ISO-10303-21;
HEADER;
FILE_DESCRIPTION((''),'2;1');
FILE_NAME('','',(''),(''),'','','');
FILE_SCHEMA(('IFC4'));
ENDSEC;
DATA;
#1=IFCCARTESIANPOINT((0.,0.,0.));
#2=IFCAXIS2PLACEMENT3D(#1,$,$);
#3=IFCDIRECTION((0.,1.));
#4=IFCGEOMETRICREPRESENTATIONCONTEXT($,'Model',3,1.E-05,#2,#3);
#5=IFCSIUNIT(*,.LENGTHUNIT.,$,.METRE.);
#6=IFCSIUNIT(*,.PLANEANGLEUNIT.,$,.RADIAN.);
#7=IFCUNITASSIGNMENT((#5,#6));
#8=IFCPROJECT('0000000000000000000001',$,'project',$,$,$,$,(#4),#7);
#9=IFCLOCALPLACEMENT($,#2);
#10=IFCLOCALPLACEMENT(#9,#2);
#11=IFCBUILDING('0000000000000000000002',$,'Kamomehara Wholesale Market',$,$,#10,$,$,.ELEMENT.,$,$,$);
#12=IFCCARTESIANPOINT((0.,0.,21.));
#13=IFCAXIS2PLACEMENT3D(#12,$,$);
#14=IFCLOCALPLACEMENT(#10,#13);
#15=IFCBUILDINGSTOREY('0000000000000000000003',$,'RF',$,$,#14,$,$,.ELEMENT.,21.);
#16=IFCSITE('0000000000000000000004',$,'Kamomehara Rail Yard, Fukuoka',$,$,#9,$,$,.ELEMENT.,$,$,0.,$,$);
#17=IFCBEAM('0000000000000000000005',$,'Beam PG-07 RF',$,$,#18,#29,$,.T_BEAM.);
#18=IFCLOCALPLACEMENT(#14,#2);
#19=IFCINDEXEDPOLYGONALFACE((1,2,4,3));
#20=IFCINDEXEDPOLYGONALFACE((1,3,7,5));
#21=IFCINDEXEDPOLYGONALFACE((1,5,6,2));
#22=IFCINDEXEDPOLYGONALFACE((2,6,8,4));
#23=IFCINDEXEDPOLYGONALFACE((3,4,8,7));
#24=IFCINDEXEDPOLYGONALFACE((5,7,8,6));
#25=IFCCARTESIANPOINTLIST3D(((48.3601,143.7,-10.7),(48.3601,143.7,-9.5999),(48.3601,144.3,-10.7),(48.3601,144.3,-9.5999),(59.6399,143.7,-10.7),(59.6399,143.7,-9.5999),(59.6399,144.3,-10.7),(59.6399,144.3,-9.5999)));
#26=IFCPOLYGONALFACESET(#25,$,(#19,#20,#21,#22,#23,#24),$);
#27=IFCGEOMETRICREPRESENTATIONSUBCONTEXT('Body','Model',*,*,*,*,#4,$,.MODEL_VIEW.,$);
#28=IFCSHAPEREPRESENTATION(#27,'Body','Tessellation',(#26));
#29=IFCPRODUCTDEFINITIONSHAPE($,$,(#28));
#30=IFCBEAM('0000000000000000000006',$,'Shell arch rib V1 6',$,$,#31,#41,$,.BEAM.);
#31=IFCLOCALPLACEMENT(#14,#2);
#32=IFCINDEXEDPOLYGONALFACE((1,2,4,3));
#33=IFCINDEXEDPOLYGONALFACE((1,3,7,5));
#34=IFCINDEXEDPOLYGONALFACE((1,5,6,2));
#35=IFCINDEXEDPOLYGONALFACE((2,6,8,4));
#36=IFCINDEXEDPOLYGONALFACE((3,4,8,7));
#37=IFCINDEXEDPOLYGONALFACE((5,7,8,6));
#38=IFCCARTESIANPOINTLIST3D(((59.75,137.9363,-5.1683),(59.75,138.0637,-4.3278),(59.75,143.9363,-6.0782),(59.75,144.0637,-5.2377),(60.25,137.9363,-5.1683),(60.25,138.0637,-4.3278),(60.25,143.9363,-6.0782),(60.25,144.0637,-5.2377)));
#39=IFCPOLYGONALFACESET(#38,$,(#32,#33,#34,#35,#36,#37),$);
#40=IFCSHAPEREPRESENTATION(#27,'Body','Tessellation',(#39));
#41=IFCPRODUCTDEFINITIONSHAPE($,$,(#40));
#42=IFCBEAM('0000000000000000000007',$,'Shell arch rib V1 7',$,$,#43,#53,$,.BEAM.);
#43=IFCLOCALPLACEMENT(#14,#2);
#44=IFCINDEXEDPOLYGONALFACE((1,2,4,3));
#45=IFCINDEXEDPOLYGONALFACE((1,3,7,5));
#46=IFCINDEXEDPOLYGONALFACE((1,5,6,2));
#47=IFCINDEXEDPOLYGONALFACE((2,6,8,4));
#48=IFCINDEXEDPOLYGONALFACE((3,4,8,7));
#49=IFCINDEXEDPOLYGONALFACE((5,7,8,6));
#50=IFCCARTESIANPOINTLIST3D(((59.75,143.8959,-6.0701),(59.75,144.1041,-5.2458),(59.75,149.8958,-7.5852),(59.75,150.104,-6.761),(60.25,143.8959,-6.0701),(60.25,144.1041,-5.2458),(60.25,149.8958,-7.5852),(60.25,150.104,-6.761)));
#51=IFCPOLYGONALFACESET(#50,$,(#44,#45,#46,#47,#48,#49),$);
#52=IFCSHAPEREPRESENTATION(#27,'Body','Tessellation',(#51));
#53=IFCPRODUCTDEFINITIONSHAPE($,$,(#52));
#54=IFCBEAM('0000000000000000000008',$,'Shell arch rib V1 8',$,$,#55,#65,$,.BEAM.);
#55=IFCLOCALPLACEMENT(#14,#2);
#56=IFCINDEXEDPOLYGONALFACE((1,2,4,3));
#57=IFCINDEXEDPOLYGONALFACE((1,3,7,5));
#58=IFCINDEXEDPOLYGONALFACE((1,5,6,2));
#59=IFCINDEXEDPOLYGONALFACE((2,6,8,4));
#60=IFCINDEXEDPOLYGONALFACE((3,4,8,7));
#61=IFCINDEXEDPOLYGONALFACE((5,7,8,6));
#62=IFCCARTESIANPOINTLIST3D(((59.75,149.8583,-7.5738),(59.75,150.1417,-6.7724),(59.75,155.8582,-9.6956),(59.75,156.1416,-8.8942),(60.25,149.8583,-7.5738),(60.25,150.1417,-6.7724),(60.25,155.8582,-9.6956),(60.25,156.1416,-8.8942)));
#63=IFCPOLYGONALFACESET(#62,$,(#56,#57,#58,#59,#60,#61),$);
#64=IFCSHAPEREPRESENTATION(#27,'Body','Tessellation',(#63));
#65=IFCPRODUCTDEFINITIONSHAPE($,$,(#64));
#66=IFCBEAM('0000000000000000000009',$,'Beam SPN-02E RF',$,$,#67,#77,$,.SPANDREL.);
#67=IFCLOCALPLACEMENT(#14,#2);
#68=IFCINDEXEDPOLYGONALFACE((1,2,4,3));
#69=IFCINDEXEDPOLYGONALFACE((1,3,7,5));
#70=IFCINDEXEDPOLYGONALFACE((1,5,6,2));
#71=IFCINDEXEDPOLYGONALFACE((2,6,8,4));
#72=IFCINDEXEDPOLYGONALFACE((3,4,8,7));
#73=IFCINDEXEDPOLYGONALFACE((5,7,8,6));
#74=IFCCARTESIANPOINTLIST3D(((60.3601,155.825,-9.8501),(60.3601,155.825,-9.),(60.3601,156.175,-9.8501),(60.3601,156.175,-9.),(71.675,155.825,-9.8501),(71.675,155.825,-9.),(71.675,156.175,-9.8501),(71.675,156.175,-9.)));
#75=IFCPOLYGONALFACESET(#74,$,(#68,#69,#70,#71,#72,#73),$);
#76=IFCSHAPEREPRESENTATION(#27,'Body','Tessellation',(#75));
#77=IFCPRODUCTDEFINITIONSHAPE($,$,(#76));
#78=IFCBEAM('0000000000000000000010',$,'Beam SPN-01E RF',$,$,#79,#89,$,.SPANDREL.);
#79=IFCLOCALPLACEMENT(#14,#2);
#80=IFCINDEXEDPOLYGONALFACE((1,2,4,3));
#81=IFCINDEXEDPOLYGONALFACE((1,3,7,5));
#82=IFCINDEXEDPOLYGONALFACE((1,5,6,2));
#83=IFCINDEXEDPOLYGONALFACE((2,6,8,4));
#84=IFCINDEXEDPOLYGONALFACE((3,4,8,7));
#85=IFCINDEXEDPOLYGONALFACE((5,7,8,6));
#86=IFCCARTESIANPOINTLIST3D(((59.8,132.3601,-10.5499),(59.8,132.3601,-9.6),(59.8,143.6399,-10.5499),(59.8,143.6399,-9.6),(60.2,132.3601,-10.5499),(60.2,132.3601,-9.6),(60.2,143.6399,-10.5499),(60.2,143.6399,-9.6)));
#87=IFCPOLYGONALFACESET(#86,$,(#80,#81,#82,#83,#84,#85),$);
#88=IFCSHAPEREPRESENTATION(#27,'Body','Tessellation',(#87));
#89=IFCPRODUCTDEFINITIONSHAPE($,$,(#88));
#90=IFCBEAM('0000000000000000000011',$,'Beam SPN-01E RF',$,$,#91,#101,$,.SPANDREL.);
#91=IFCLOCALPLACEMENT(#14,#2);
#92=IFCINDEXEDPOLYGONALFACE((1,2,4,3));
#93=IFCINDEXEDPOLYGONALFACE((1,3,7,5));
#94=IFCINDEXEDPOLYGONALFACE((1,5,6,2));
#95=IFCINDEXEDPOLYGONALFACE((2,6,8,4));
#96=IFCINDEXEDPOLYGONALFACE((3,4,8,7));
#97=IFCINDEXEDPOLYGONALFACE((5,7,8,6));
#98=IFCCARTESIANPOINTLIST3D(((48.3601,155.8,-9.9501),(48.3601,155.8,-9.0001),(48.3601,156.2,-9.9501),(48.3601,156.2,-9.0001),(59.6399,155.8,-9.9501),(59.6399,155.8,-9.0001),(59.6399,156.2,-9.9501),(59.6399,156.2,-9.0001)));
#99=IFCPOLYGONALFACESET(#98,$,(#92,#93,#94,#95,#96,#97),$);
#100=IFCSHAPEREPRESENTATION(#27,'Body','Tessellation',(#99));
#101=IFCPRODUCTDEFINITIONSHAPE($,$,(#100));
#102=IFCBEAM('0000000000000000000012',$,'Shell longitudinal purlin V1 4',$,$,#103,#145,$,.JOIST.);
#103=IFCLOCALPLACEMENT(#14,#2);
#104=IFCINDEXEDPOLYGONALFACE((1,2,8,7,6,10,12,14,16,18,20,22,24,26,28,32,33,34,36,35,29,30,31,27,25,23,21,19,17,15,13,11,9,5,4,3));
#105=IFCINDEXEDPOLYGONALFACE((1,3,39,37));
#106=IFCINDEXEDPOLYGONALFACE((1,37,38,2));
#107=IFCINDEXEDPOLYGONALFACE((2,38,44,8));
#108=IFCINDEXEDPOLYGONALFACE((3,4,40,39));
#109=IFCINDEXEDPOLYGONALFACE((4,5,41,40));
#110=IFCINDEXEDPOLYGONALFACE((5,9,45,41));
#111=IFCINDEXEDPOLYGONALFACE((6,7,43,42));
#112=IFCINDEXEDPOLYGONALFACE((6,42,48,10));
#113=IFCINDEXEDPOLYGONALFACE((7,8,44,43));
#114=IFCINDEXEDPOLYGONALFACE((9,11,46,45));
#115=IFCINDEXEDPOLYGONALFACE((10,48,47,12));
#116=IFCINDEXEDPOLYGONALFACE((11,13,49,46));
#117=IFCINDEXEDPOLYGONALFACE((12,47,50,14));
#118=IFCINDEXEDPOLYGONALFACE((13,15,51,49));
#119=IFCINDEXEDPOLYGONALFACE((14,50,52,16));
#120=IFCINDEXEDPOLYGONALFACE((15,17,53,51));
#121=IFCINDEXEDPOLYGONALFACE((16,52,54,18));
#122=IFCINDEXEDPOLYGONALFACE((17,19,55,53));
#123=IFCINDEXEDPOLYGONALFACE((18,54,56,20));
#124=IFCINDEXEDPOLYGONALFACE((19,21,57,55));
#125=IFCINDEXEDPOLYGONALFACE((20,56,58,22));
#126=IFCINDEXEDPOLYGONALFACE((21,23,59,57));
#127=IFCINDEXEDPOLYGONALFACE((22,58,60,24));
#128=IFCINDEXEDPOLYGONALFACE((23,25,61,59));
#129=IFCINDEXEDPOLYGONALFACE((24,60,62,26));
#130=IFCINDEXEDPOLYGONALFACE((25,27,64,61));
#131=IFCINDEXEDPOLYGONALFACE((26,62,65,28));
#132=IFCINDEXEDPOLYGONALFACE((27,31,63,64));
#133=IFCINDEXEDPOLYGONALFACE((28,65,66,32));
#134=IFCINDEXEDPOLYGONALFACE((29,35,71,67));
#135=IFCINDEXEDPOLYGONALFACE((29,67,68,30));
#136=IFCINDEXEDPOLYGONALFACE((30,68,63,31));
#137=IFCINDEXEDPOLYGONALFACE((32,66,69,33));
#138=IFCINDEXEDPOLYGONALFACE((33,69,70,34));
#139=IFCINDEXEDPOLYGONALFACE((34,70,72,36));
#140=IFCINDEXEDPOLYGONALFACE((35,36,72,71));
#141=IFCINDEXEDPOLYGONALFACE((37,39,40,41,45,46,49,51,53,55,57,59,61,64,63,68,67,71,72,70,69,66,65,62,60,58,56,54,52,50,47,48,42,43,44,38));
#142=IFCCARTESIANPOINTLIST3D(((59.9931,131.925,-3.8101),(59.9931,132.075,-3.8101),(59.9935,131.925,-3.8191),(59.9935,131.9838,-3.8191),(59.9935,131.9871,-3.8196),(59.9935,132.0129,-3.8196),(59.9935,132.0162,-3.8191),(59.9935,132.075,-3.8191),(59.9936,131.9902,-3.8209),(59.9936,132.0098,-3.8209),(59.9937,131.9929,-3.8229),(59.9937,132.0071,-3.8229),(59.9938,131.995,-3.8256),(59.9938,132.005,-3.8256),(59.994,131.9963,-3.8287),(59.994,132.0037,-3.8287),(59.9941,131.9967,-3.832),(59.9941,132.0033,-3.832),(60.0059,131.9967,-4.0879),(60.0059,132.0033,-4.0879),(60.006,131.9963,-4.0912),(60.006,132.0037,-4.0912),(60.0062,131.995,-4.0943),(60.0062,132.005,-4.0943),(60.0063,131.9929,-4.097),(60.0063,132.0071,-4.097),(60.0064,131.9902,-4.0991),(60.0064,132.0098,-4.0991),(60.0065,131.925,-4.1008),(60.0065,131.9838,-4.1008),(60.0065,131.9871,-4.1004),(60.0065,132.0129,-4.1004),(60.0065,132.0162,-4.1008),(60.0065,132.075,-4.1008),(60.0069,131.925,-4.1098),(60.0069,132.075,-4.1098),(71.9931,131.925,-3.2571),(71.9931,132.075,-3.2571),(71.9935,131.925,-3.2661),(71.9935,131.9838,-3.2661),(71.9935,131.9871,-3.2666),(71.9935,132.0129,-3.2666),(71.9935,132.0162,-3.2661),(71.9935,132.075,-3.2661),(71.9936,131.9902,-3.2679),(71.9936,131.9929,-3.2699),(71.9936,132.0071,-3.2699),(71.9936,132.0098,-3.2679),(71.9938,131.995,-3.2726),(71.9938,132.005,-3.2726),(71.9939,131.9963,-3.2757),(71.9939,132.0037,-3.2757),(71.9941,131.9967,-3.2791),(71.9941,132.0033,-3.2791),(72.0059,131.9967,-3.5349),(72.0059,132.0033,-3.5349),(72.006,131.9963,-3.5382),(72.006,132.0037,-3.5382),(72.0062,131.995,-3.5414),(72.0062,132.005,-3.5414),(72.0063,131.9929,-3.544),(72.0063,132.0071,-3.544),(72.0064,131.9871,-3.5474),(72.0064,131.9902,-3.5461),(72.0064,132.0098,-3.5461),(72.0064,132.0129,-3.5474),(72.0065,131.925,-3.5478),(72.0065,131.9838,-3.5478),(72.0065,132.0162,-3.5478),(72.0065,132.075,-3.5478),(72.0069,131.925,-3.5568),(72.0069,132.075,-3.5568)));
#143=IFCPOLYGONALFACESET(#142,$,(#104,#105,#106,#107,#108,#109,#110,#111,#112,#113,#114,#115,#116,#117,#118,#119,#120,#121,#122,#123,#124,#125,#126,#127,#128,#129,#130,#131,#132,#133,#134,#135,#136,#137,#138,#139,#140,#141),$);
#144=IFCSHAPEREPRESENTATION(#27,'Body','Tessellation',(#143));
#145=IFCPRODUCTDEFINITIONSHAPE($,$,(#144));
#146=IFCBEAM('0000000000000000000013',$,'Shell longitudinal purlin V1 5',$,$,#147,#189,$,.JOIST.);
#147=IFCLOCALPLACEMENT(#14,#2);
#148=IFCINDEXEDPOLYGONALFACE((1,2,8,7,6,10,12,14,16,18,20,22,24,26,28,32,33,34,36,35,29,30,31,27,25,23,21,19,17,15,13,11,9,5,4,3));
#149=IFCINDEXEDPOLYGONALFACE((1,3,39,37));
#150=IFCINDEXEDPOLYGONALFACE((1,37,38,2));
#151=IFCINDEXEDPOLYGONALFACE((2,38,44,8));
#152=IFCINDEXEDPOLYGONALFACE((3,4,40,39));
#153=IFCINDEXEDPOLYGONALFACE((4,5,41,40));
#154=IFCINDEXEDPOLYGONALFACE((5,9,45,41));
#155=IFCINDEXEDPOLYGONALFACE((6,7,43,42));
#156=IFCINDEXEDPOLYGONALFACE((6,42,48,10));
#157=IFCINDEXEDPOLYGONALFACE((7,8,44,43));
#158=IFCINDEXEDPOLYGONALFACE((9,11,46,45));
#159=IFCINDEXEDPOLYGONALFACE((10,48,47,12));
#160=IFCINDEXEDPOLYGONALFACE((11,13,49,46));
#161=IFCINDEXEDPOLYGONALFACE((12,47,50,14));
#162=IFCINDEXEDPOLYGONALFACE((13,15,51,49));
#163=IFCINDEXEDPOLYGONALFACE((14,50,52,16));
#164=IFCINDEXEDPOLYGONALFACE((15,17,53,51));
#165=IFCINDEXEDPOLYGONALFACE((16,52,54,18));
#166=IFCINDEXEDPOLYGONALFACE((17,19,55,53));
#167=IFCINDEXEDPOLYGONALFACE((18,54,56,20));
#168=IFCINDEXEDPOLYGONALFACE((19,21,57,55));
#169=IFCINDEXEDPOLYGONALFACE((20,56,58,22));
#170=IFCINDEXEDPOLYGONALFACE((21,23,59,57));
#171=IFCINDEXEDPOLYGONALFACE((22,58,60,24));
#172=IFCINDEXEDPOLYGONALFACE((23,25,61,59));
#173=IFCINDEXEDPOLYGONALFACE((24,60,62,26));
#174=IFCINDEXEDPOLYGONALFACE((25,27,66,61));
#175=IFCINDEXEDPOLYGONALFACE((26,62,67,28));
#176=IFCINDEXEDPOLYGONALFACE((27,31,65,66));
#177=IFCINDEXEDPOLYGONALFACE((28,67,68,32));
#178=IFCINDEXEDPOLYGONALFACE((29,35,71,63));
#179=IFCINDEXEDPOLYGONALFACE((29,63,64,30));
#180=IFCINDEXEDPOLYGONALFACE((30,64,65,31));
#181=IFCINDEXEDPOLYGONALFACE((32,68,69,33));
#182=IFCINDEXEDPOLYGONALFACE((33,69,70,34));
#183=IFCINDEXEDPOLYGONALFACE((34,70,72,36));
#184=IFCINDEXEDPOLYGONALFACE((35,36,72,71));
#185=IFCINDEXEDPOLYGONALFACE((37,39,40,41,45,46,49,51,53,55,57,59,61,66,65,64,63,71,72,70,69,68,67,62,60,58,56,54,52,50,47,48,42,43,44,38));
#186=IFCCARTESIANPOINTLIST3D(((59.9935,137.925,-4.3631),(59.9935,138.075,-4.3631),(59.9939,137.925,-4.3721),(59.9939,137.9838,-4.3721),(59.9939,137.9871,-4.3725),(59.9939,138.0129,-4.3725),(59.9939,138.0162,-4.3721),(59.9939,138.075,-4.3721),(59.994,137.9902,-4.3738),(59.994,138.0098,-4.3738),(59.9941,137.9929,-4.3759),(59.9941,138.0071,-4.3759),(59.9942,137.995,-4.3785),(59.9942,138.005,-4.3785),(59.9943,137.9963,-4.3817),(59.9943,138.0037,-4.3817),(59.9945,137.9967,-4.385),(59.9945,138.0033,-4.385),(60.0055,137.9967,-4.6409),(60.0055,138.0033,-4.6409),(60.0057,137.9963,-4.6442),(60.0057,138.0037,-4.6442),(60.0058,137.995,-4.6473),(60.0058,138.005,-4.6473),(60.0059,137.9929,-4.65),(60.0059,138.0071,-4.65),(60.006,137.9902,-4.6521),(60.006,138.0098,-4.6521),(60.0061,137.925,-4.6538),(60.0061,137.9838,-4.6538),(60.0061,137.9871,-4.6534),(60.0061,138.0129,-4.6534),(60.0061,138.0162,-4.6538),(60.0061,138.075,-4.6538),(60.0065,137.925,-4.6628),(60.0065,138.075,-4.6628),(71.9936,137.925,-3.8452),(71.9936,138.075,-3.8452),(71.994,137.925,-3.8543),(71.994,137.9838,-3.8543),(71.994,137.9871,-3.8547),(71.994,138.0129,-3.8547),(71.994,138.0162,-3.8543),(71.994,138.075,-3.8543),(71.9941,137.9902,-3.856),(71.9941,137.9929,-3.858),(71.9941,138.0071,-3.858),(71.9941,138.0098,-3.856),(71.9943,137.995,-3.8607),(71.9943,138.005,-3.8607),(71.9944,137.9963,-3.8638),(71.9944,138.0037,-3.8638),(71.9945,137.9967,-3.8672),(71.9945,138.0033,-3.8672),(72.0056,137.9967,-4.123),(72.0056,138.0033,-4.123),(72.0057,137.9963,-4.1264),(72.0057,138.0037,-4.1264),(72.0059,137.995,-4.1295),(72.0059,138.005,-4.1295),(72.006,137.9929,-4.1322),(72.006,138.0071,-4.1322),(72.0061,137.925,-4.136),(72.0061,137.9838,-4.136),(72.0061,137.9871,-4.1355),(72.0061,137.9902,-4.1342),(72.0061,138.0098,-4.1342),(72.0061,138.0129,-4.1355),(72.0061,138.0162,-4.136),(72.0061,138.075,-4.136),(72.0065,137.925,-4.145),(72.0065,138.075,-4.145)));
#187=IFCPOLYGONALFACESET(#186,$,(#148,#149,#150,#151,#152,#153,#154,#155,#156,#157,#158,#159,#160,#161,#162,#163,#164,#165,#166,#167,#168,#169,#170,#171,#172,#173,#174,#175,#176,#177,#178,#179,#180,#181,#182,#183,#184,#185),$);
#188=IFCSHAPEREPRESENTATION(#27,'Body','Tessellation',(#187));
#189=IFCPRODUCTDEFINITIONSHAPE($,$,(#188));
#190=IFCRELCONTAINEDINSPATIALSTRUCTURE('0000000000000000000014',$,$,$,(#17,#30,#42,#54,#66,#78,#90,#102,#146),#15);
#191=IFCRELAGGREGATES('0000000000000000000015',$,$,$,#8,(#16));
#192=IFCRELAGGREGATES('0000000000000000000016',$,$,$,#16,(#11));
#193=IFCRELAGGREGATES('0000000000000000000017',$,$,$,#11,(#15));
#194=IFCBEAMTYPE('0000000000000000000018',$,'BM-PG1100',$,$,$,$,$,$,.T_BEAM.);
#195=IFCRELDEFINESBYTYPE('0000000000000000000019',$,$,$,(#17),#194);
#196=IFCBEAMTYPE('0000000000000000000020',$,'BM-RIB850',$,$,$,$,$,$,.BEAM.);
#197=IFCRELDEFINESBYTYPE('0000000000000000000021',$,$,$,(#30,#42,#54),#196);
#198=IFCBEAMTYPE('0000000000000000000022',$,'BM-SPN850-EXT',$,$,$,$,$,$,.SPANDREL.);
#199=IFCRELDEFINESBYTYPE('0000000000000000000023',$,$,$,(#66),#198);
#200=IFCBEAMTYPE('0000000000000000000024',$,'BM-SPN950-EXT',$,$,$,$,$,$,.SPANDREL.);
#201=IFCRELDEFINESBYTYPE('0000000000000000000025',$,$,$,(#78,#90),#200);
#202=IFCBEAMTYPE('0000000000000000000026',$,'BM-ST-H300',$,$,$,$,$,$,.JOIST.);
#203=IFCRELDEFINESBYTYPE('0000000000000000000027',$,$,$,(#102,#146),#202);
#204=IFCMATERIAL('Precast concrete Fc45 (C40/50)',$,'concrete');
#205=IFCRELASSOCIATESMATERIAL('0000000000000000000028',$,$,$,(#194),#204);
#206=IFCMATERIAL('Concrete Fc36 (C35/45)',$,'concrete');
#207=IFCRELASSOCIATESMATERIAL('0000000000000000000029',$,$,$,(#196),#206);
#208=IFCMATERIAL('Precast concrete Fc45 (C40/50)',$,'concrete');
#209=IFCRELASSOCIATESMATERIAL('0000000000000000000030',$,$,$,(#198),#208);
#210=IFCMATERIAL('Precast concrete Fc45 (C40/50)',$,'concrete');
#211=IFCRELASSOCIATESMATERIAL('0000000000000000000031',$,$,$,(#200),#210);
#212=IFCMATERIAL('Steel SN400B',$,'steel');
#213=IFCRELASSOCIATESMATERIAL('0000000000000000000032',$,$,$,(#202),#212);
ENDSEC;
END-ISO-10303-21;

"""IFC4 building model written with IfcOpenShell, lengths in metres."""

from ifc_helpers import new_model, si_unit, direction, frame, origin, origin_2d, place, context, subcontext, project, spatial, rectangle, i_section, extrude, material, material_profile, profile_set, type_object, element, save


model = new_model("IFC4")

# Units and contexts
model_context = context("Model", 3, precision=1e-05, world=origin(), true_north=direction((0.0, 1.0)))
body_context = subcontext(model_context, "Body", "Model", "MODEL_VIEW")
ifc_project = project(units=[si_unit("LENGTHUNIT", "METRE"), si_unit("PLANEANGLEUNIT", "RADIAN")], contexts=[model_context])

# Site, building, storey
site_placement = place(None, origin())
site = spatial("IfcSite", under=ifc_project, at=site_placement, Name="Kamomehara Rail Yard, Fukuoka", CompositionType="ELEMENT", RefElevation=0.0)
building_placement = place(site_placement, origin())
building = spatial("IfcBuilding", under=site, at=building_placement, Name="Kamomehara Wholesale Market", CompositionType="ELEMENT")
storey_placement = place(building_placement, frame((0.0, 0.0, 21.0)))
storey = spatial("IfcBuildingStorey", under=building, at=storey_placement, Name="RF", CompositionType="ELEMENT", Elevation=21.0)

# Beams
ifc_material_1 = material(Name="Precast concrete Fc45 (C40/50)", Category="concrete")
ifc_material_profile_1 = material_profile(ifc_material_1, rectangle(XDim=0.6001, YDim=1.1001, at=origin_2d()), Name="PC-GRD-600x1100")
ifc_profile_set_1 = profile_set([ifc_material_profile_1], Name="Precast concrete Fc45 (C40/50)")
beam_type_1 = type_object("IfcBeamType", Name="BM-PG1100", PredefinedType="T_BEAM", material=ifc_profile_set_1)
beam_1_placement = place(storey_placement, frame((48.3601, 144.0, -10.1499), z_axis=(1.0, 0.0, 0.0), x_axis=(0.0, 1.0, 0.0)))
element("IfcBeam", 1, at=beam_1_placement, inside=storey, type_object=beam_type_1, Name="Beam PG-07 RF", PredefinedType="T_BEAM", context=body_context, shape_type="SweptSolid", body=[
    extrude(rectangle(XDim=0.6001, YDim=1.1001, at=origin_2d()), origin(), (0.0, 0.0, 1.0), 11.2798),
])
ifc_material_2 = material(Name="Concrete Fc36 (C35/45)", Category="concrete")
ifc_material_profile_2 = material_profile(ifc_material_2, rectangle(XDim=0.5, YDim=0.8501, at=origin_2d()), Name="RC-RIB-500x850")
ifc_profile_set_2 = profile_set([ifc_material_profile_2], Name="Concrete Fc36 (C35/45)")
beam_type_2 = type_object("IfcBeamType", Name="BM-RIB850", PredefinedType="BEAM", material=ifc_profile_set_2)
beam_2_placement = place(storey_placement, frame((60.0, 138.0, -4.748), z_axis=(0.0, 0.988695, -0.149938), x_axis=(-1.0, 0.0, 0.0)))
element("IfcBeam", 2, at=beam_2_placement, inside=storey, type_object=beam_type_2, Name="Shell arch rib V1 6", PredefinedType="BEAM", context=body_context, shape_type="SweptSolid", body=[
    extrude(rectangle(XDim=0.5, YDim=0.8501, at=origin_2d()), origin(), (0.0, 0.0, 1.0), 6.0686),
])
beam_3_placement = place(storey_placement, frame((60.0, 144.0, -5.658), z_axis=(0.0, 0.969564, -0.244837), x_axis=(-1.0, 0.0, 0.0)))
element("IfcBeam", 3, at=beam_3_placement, inside=storey, type_object=beam_type_2, Name="Shell arch rib V1 7", PredefinedType="BEAM", context=body_context, shape_type="SweptSolid", body=[
    extrude(rectangle(XDim=0.5, YDim=0.8501, at=origin_2d()), origin(), (0.0, 0.0, 1.0), 6.1882),
])
beam_4_placement = place(storey_placement, frame((60.0, 150.0, -7.1731), z_axis=(0.0, 0.942784, -0.333404), x_axis=(-1.0, 0.0, 0.0)))
element("IfcBeam", 4, at=beam_4_placement, inside=storey, type_object=beam_type_2, Name="Shell arch rib V1 8", PredefinedType="BEAM", context=body_context, shape_type="SweptSolid", body=[
    extrude(rectangle(XDim=0.5, YDim=0.8501, at=origin_2d()), origin(), (0.0, 0.0, 1.0), 6.364),
])
ifc_material_3 = material(Name="Precast concrete Fc45 (C40/50)", Category="concrete")
ifc_material_profile_3 = material_profile(ifc_material_3, rectangle(XDim=0.3501, YDim=0.8501, at=origin_2d()), Name="PC-SPN-350x850")
ifc_profile_set_3 = profile_set([ifc_material_profile_3], Name="Precast concrete Fc45 (C40/50)")
beam_type_3 = type_object("IfcBeamType", Name="BM-SPN850-EXT", PredefinedType="SPANDREL", material=ifc_profile_set_3)
beam_5_placement = place(storey_placement, frame((60.3601, 156.0, -9.425), z_axis=(1.0, 0.0, 0.0), x_axis=(0.0, 1.0, 0.0)))
element("IfcBeam", 5, at=beam_5_placement, inside=storey, type_object=beam_type_3, Name="Beam SPN-02E RF", PredefinedType="SPANDREL", context=body_context, shape_type="SweptSolid", body=[
    extrude(rectangle(XDim=0.3501, YDim=0.8501, at=origin_2d()), origin(), (0.0, 0.0, 1.0), 11.3149),
])
ifc_material_4 = material(Name="Precast concrete Fc45 (C40/50)", Category="concrete")
ifc_material_profile_4 = material_profile(ifc_material_4, rectangle(XDim=0.3999, YDim=0.95, at=origin_2d()), Name="PC-SPN-400x950")
ifc_profile_set_4 = profile_set([ifc_material_profile_4], Name="Precast concrete Fc45 (C40/50)")
beam_type_4 = type_object("IfcBeamType", Name="BM-SPN950-EXT", PredefinedType="SPANDREL", material=ifc_profile_set_4)
for number, where, z_axis, x_axis, name in (
    (6, (60.0, 132.3601, -10.075), (0.0, 1.0, 0.0), (-1.0, 0.0, 0.0), "Beam SPN-01E RF"),
    (7, (48.3601, 156.0, -9.4751), (1.0, 0.0, 0.0), (0.0, 1.0, 0.0), "Beam SPN-01E RF"),
):
    element("IfcBeam", number, at=place(storey_placement, frame(where, z_axis=z_axis, x_axis=x_axis)), inside=storey, type_object=beam_type_4, Name=name, PredefinedType="SPANDREL", context=body_context, shape_type="SweptSolid", body=[
        extrude(rectangle(XDim=0.3999, YDim=0.95, at=origin_2d()), origin(), (0.0, 0.0, 1.0), 11.2798),
    ])
ifc_material_5 = material(Name="Steel SN400B", Category="steel")
ifc_material_profile_5 = material_profile(ifc_material_5, i_section(OverallWidth=0.1499, OverallDepth=0.3, WebThickness=0.0066, FlangeThickness=0.009, FilletRadius=0.0129, at=origin_2d()), Name="H-300x150x6.5x9")
ifc_profile_set_5 = profile_set([ifc_material_profile_5], Name="Steel SN400B")
beam_type_5 = type_object("IfcBeamType", Name="BM-ST-H300", PredefinedType="JOIST", material=ifc_profile_set_5)
beam_6_placement = place(storey_placement, frame((60.0, 132.0, -3.96), z_axis=(0.99894, 0.0, 0.046033), x_axis=(0.0, 1.0, 0.0)))
element("IfcBeam", 8, at=beam_6_placement, inside=storey, type_object=beam_type_5, Name="Shell longitudinal purlin V1 4", PredefinedType="JOIST", context=body_context, shape_type="SweptSolid", body=[
    extrude(i_section(OverallWidth=0.1499, OverallDepth=0.3, WebThickness=0.0066, FlangeThickness=0.009, FilletRadius=0.0129, at=origin_2d()), origin(), (0.0, 0.0, 1.0), 12.0127),
])
beam_7_placement = place(storey_placement, frame((60.0, 138.0, -4.5129), z_axis=(0.99907, 0.0, 0.043112), x_axis=(0.0, 1.0, 0.0)))
element("IfcBeam", 9, at=beam_7_placement, inside=storey, type_object=beam_type_5, Name="Shell longitudinal purlin V1 5", PredefinedType="JOIST", context=body_context, shape_type="SweptSolid", body=[
    extrude(i_section(OverallWidth=0.1499, OverallDepth=0.3, WebThickness=0.0066, FlangeThickness=0.009, FilletRadius=0.0129, at=origin_2d()), origin(), (0.0, 0.0, 1.0), 12.0112),
])

save(model, "model.ifc")
